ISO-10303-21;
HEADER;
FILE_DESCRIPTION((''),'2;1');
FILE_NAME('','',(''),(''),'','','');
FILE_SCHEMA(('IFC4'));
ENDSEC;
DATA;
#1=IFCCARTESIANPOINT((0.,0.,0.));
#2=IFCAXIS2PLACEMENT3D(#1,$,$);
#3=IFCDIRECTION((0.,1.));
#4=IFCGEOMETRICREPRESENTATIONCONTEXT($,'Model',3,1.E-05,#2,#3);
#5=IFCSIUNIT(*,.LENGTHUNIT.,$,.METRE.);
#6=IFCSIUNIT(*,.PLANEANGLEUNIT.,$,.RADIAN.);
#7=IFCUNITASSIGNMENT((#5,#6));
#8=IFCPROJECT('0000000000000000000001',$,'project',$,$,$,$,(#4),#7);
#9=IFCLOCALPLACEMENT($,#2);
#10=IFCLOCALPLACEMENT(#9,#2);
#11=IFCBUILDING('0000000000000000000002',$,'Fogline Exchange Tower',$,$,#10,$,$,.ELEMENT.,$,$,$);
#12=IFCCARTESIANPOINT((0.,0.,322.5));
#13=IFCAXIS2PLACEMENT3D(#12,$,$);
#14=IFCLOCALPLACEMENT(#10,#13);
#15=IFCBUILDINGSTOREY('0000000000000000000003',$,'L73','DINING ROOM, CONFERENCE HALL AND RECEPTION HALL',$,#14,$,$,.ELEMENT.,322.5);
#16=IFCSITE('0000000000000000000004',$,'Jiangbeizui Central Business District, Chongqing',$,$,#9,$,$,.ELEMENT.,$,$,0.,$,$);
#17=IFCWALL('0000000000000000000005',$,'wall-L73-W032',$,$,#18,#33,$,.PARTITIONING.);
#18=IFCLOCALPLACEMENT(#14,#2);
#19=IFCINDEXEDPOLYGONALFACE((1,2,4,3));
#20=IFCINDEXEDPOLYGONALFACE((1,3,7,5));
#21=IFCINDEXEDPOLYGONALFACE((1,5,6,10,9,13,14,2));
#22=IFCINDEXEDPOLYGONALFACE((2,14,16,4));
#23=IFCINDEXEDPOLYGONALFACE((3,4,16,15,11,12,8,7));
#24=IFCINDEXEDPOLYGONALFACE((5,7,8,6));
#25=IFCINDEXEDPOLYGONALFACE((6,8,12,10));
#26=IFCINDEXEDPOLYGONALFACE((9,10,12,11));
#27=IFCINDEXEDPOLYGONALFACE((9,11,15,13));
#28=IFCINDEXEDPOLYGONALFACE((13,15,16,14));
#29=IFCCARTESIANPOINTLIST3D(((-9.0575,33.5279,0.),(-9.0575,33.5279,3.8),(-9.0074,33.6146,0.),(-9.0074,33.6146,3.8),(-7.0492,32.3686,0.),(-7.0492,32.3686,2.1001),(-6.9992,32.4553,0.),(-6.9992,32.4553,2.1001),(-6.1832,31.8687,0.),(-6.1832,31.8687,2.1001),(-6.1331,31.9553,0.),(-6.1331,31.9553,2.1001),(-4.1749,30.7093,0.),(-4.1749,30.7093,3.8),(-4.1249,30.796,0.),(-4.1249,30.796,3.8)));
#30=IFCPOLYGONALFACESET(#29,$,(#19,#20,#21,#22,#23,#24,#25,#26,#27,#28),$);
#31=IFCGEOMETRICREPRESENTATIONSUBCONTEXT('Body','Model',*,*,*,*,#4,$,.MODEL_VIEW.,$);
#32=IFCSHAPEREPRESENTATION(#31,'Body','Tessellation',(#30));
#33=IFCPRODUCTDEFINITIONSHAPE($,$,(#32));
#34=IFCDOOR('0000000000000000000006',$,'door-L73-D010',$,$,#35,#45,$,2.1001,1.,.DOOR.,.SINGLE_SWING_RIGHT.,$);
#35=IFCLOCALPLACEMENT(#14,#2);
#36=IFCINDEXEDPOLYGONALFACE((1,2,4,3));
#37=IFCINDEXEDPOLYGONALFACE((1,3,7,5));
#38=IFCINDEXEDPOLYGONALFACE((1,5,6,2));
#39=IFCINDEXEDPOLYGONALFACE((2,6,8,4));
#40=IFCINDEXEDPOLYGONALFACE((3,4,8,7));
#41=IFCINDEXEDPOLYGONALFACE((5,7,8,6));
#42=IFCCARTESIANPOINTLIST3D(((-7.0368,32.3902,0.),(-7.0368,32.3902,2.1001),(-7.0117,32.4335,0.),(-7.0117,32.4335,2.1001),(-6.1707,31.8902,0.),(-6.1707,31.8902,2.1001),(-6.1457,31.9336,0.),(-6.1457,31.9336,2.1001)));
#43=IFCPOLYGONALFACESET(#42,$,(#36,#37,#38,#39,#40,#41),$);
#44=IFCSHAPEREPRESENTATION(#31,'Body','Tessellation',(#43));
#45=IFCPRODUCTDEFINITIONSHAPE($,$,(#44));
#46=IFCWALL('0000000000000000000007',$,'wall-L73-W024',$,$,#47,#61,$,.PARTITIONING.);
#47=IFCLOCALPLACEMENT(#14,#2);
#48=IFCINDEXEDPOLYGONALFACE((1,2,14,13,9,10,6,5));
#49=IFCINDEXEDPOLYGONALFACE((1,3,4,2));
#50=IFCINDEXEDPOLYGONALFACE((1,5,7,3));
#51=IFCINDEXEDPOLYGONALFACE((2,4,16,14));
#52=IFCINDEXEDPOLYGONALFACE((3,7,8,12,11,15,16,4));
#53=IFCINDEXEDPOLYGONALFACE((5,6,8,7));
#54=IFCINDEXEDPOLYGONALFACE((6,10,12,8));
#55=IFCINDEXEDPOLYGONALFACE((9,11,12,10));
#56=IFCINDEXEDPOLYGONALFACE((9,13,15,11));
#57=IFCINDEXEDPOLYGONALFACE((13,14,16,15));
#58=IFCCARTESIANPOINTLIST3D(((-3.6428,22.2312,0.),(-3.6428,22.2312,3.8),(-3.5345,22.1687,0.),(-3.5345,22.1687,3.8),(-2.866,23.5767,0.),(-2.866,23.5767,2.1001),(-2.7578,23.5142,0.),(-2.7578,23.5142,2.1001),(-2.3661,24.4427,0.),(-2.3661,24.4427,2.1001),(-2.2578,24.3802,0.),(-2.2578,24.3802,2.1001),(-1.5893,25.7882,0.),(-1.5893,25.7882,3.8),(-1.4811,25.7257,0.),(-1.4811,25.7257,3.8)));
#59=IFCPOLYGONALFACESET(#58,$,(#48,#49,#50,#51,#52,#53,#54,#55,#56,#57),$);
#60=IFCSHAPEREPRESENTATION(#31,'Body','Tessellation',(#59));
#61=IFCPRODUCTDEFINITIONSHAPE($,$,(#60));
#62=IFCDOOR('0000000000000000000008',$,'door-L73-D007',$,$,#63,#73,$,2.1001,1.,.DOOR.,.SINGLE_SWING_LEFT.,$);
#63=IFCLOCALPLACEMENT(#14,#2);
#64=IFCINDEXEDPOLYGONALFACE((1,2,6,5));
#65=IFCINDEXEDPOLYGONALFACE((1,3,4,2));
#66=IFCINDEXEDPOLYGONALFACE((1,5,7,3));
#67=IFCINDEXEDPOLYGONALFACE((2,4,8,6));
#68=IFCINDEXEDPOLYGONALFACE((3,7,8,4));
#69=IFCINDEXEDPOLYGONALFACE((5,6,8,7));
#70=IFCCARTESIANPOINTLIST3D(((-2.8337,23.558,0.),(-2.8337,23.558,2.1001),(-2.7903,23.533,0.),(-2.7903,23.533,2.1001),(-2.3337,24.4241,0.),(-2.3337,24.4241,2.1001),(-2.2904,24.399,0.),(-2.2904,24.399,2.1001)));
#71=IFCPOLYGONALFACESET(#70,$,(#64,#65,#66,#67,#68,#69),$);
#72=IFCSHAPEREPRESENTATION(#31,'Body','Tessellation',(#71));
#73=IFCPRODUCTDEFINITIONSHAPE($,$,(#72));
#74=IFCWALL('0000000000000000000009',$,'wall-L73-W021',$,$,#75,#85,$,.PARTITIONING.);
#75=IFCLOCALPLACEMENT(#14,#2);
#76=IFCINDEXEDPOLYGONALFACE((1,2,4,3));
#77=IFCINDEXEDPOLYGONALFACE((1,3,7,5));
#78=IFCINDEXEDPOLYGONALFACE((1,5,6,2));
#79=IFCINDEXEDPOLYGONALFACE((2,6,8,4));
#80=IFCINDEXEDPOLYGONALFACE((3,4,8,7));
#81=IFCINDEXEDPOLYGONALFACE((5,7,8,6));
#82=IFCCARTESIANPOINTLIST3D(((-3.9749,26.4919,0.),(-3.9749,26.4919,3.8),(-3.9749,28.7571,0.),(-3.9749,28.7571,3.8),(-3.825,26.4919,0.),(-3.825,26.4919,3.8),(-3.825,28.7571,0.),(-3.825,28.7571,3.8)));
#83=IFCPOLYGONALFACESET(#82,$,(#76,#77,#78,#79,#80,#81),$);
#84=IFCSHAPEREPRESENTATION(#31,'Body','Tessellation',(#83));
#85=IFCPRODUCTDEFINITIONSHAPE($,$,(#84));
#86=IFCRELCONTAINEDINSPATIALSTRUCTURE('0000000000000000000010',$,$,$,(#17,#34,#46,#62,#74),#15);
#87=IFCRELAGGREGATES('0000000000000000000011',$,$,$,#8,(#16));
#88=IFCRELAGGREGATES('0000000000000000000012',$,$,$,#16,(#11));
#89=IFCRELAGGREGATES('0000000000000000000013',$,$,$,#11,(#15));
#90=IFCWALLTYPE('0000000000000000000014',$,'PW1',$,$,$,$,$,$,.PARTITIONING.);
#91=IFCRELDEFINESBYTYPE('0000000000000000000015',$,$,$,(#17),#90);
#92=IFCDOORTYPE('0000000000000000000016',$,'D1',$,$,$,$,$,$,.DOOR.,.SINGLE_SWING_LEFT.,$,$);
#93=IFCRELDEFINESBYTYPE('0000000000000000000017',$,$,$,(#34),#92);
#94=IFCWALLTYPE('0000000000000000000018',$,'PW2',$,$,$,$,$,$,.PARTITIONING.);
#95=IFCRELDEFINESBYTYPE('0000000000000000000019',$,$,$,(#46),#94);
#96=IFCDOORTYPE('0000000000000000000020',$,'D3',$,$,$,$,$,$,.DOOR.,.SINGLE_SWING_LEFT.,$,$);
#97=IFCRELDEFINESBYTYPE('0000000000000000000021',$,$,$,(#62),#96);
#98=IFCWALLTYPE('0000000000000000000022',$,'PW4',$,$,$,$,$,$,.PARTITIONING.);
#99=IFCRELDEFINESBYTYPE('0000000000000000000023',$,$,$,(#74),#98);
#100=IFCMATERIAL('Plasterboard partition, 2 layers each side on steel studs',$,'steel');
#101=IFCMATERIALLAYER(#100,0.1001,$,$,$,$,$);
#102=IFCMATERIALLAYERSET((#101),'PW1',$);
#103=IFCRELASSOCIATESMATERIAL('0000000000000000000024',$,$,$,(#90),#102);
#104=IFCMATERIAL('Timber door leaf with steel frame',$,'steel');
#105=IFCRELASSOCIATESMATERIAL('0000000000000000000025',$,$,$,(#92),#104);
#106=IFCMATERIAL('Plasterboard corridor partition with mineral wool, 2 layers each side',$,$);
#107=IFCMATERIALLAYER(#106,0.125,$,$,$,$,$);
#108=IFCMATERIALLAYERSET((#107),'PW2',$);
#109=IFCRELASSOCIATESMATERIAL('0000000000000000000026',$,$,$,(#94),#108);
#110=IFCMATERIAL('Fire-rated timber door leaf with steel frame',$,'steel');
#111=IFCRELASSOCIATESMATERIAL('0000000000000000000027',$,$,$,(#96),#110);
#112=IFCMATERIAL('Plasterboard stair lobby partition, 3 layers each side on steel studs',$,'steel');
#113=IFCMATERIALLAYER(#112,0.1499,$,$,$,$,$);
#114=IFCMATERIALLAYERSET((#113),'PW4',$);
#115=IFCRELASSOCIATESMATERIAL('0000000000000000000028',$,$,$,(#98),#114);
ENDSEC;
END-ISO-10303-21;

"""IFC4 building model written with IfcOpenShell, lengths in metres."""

from ifc_helpers import new_model, si_unit, direction, frame, frame_2d, origin, place, context, subcontext, project, spatial, rectangle, extrude, material, layer, layer_set, type_object, element, fill, save


model = new_model("IFC4")

# Units and contexts
model_context = context("Model", 3, precision=1e-05, world=origin(), true_north=direction((0.0, 1.0)))
body_context = subcontext(model_context, "Body", "Model", "MODEL_VIEW")
ifc_project = project(units=[si_unit("LENGTHUNIT", "METRE"), si_unit("PLANEANGLEUNIT", "RADIAN")], contexts=[model_context])

# Site, building, storey
site_placement = place(None, origin())
site = spatial("IfcSite", under=ifc_project, at=site_placement, Name="Jiangbeizui Central Business District, Chongqing", CompositionType="ELEMENT", RefElevation=0.0)
building_placement = place(site_placement, origin())
building = spatial("IfcBuilding", under=site, at=building_placement, Name="Fogline Exchange Tower", CompositionType="ELEMENT")
storey_placement = place(building_placement, frame((0.0, 0.0, 322.5)))
storey = spatial("IfcBuildingStorey", under=building, at=storey_placement, Name="L73", Description="DINING ROOM, CONFERENCE HALL AND RECEPTION HALL", CompositionType="ELEMENT", Elevation=322.5)

# Walls, openings, doors
ifc_material_1 = material(Name="Plasterboard partition, 2 layers each side on steel studs", Category="steel")
ifc_layer_1 = layer(ifc_material_1, 0.1001)
ifc_layer_set_1 = layer_set([ifc_layer_1], Name="PW1")
wall_type_1 = type_object("IfcWallType", Name="PW1", PredefinedType="PARTITIONING", material=ifc_layer_set_1)
wall_1_placement = place(storey_placement, frame((-4.1499, 30.7527, 0.0), z_axis=(0.0, 0.0, 1.0), x_axis=(-0.866052, 0.499954, 0.0)))
wall_1 = element("IfcWall", 1, at=wall_1_placement, inside=storey, type_object=wall_type_1, Name="wall-L73-W032", PredefinedType="PARTITIONING", context=body_context, shape_type="SweptSolid", body=[
    extrude(rectangle(XDim=5.6377, YDim=0.1001, at=frame_2d((2.8188, 0.0))), origin(), (0.0, 0.0, 1.0), 3.8),
])
opening_1_placement = place(wall_1_placement, frame((2.3188, 0.0, 0.0)))
opening_1 = element("IfcOpeningElement", 2, at=opening_1_placement, cuts=wall_1, PredefinedType="OPENING", context=body_context, shape_type="SweptSolid", body=[
    extrude(rectangle(XDim=1.0, YDim=2.1001, at=frame_2d((0.5, 1.05))), frame((0.0, 0.0601, 0.0), z_axis=(0.0, -1.0, 0.0), x_axis=(1.0, 0.0, 0.0)), (0.0, 0.0, 1.0), 0.1201),
])
ifc_material_2 = material(Name="Timber door leaf with steel frame", Category="steel")
door_type_1 = type_object("IfcDoorType", Name="D1", OperationType="SINGLE_SWING_LEFT", PredefinedType="DOOR", material=ifc_material_2)
door_1_placement = place(opening_1_placement, frame((1.0, 0.0, 0.0), z_axis=(0.0, 0.0, 1.0), x_axis=(-1.0, 0.0, 0.0)))
door_1 = element("IfcDoor", 3, at=door_1_placement, inside=storey, type_object=door_type_1, Name="door-L73-D010", OperationType="SINGLE_SWING_RIGHT", OverallHeight=2.1001, OverallWidth=1.0, PredefinedType="DOOR", context=body_context, shape_type="SweptSolid", body=[
    extrude(rectangle(XDim=1.0, YDim=2.1001, at=frame_2d((0.5, 1.05))), frame((0.0, 0.0249, 0.0), z_axis=(0.0, -1.0, 0.0), x_axis=(1.0, 0.0, 0.0)), (0.0, 0.0, 1.0), 0.05),
])
fill(opening_1, door_1)
ifc_material_3 = material(Name="Plasterboard corridor partition with mineral wool, 2 layers each side")
ifc_layer_2 = layer(ifc_material_3, 0.125)
ifc_layer_set_2 = layer_set([ifc_layer_2], Name="PW2")
wall_type_2 = type_object("IfcWallType", Name="PW2", PredefinedType="PARTITIONING", material=ifc_layer_set_2)
wall_2_placement = place(storey_placement, frame((-1.5352, 25.7571, 0.0), z_axis=(0.0, 0.0, 1.0), x_axis=(-0.499956, -0.866051, 0.0)))
wall_2 = element("IfcWall", 4, at=wall_2_placement, inside=storey, type_object=wall_type_2, Name="wall-L73-W024", PredefinedType="PARTITIONING", context=body_context, shape_type="SweptSolid", body=[
    extrude(rectangle(XDim=4.1072, YDim=0.125, at=frame_2d((2.0537, 0.0))), origin(), (0.0, 0.0, 1.0), 3.8),
])
opening_2_placement = place(wall_2_placement, frame((1.5537, 0.0, 0.0)))
opening_2 = element("IfcOpeningElement", 5, at=opening_2_placement, cuts=wall_2, PredefinedType="OPENING", context=body_context, shape_type="SweptSolid", body=[
    extrude(rectangle(XDim=1.0, YDim=2.1001, at=frame_2d((0.5, 1.05))), frame((0.0, 0.0725, 0.0), z_axis=(0.0, -1.0, 0.0), x_axis=(1.0, 0.0, 0.0)), (0.0, 0.0, 1.0), 0.145),
])
ifc_material_4 = material(Name="Fire-rated timber door leaf with steel frame", Category="steel")
door_type_2 = type_object("IfcDoorType", Name="D3", OperationType="SINGLE_SWING_LEFT", PredefinedType="DOOR", material=ifc_material_4)
door_2_placement = place(opening_2_placement, origin())
door_2 = element("IfcDoor", 6, at=door_2_placement, inside=storey, type_object=door_type_2, Name="door-L73-D007", OperationType="SINGLE_SWING_LEFT", OverallHeight=2.1001, OverallWidth=1.0, PredefinedType="DOOR", context=body_context, shape_type="SweptSolid", body=[
    extrude(rectangle(XDim=1.0, YDim=2.1001, at=frame_2d((0.5, 1.05))), frame((0.0, 0.0249, 0.0), z_axis=(0.0, -1.0, 0.0), x_axis=(1.0, 0.0, 0.0)), (0.0, 0.0, 1.0), 0.05),
])
fill(opening_2, door_2)

# Wall
ifc_material_5 = material(Name="Plasterboard stair lobby partition, 3 layers each side on steel studs", Category="steel")
ifc_layer_3 = layer(ifc_material_5, 0.1499)
ifc_layer_set_3 = layer_set([ifc_layer_3], Name="PW4")
wall_type_3 = type_object("IfcWallType", Name="PW4", PredefinedType="PARTITIONING", material=ifc_layer_set_3)
wall_3_placement = place(storey_placement, frame((-3.8999, 26.4919, 0.0), z_axis=(0.0, 0.0, 1.0), x_axis=(0.0, 1.0, 0.0)))
element("IfcWall", 7, at=wall_3_placement, inside=storey, type_object=wall_type_3, Name="wall-L73-W021", PredefinedType="PARTITIONING", context=body_context, shape_type="SweptSolid", body=[
    extrude(rectangle(XDim=2.2651, YDim=0.1499, at=frame_2d((1.1326, 0.0))), origin(), (0.0, 0.0, 1.0), 3.8),
])

save(model, "model.ifc")
